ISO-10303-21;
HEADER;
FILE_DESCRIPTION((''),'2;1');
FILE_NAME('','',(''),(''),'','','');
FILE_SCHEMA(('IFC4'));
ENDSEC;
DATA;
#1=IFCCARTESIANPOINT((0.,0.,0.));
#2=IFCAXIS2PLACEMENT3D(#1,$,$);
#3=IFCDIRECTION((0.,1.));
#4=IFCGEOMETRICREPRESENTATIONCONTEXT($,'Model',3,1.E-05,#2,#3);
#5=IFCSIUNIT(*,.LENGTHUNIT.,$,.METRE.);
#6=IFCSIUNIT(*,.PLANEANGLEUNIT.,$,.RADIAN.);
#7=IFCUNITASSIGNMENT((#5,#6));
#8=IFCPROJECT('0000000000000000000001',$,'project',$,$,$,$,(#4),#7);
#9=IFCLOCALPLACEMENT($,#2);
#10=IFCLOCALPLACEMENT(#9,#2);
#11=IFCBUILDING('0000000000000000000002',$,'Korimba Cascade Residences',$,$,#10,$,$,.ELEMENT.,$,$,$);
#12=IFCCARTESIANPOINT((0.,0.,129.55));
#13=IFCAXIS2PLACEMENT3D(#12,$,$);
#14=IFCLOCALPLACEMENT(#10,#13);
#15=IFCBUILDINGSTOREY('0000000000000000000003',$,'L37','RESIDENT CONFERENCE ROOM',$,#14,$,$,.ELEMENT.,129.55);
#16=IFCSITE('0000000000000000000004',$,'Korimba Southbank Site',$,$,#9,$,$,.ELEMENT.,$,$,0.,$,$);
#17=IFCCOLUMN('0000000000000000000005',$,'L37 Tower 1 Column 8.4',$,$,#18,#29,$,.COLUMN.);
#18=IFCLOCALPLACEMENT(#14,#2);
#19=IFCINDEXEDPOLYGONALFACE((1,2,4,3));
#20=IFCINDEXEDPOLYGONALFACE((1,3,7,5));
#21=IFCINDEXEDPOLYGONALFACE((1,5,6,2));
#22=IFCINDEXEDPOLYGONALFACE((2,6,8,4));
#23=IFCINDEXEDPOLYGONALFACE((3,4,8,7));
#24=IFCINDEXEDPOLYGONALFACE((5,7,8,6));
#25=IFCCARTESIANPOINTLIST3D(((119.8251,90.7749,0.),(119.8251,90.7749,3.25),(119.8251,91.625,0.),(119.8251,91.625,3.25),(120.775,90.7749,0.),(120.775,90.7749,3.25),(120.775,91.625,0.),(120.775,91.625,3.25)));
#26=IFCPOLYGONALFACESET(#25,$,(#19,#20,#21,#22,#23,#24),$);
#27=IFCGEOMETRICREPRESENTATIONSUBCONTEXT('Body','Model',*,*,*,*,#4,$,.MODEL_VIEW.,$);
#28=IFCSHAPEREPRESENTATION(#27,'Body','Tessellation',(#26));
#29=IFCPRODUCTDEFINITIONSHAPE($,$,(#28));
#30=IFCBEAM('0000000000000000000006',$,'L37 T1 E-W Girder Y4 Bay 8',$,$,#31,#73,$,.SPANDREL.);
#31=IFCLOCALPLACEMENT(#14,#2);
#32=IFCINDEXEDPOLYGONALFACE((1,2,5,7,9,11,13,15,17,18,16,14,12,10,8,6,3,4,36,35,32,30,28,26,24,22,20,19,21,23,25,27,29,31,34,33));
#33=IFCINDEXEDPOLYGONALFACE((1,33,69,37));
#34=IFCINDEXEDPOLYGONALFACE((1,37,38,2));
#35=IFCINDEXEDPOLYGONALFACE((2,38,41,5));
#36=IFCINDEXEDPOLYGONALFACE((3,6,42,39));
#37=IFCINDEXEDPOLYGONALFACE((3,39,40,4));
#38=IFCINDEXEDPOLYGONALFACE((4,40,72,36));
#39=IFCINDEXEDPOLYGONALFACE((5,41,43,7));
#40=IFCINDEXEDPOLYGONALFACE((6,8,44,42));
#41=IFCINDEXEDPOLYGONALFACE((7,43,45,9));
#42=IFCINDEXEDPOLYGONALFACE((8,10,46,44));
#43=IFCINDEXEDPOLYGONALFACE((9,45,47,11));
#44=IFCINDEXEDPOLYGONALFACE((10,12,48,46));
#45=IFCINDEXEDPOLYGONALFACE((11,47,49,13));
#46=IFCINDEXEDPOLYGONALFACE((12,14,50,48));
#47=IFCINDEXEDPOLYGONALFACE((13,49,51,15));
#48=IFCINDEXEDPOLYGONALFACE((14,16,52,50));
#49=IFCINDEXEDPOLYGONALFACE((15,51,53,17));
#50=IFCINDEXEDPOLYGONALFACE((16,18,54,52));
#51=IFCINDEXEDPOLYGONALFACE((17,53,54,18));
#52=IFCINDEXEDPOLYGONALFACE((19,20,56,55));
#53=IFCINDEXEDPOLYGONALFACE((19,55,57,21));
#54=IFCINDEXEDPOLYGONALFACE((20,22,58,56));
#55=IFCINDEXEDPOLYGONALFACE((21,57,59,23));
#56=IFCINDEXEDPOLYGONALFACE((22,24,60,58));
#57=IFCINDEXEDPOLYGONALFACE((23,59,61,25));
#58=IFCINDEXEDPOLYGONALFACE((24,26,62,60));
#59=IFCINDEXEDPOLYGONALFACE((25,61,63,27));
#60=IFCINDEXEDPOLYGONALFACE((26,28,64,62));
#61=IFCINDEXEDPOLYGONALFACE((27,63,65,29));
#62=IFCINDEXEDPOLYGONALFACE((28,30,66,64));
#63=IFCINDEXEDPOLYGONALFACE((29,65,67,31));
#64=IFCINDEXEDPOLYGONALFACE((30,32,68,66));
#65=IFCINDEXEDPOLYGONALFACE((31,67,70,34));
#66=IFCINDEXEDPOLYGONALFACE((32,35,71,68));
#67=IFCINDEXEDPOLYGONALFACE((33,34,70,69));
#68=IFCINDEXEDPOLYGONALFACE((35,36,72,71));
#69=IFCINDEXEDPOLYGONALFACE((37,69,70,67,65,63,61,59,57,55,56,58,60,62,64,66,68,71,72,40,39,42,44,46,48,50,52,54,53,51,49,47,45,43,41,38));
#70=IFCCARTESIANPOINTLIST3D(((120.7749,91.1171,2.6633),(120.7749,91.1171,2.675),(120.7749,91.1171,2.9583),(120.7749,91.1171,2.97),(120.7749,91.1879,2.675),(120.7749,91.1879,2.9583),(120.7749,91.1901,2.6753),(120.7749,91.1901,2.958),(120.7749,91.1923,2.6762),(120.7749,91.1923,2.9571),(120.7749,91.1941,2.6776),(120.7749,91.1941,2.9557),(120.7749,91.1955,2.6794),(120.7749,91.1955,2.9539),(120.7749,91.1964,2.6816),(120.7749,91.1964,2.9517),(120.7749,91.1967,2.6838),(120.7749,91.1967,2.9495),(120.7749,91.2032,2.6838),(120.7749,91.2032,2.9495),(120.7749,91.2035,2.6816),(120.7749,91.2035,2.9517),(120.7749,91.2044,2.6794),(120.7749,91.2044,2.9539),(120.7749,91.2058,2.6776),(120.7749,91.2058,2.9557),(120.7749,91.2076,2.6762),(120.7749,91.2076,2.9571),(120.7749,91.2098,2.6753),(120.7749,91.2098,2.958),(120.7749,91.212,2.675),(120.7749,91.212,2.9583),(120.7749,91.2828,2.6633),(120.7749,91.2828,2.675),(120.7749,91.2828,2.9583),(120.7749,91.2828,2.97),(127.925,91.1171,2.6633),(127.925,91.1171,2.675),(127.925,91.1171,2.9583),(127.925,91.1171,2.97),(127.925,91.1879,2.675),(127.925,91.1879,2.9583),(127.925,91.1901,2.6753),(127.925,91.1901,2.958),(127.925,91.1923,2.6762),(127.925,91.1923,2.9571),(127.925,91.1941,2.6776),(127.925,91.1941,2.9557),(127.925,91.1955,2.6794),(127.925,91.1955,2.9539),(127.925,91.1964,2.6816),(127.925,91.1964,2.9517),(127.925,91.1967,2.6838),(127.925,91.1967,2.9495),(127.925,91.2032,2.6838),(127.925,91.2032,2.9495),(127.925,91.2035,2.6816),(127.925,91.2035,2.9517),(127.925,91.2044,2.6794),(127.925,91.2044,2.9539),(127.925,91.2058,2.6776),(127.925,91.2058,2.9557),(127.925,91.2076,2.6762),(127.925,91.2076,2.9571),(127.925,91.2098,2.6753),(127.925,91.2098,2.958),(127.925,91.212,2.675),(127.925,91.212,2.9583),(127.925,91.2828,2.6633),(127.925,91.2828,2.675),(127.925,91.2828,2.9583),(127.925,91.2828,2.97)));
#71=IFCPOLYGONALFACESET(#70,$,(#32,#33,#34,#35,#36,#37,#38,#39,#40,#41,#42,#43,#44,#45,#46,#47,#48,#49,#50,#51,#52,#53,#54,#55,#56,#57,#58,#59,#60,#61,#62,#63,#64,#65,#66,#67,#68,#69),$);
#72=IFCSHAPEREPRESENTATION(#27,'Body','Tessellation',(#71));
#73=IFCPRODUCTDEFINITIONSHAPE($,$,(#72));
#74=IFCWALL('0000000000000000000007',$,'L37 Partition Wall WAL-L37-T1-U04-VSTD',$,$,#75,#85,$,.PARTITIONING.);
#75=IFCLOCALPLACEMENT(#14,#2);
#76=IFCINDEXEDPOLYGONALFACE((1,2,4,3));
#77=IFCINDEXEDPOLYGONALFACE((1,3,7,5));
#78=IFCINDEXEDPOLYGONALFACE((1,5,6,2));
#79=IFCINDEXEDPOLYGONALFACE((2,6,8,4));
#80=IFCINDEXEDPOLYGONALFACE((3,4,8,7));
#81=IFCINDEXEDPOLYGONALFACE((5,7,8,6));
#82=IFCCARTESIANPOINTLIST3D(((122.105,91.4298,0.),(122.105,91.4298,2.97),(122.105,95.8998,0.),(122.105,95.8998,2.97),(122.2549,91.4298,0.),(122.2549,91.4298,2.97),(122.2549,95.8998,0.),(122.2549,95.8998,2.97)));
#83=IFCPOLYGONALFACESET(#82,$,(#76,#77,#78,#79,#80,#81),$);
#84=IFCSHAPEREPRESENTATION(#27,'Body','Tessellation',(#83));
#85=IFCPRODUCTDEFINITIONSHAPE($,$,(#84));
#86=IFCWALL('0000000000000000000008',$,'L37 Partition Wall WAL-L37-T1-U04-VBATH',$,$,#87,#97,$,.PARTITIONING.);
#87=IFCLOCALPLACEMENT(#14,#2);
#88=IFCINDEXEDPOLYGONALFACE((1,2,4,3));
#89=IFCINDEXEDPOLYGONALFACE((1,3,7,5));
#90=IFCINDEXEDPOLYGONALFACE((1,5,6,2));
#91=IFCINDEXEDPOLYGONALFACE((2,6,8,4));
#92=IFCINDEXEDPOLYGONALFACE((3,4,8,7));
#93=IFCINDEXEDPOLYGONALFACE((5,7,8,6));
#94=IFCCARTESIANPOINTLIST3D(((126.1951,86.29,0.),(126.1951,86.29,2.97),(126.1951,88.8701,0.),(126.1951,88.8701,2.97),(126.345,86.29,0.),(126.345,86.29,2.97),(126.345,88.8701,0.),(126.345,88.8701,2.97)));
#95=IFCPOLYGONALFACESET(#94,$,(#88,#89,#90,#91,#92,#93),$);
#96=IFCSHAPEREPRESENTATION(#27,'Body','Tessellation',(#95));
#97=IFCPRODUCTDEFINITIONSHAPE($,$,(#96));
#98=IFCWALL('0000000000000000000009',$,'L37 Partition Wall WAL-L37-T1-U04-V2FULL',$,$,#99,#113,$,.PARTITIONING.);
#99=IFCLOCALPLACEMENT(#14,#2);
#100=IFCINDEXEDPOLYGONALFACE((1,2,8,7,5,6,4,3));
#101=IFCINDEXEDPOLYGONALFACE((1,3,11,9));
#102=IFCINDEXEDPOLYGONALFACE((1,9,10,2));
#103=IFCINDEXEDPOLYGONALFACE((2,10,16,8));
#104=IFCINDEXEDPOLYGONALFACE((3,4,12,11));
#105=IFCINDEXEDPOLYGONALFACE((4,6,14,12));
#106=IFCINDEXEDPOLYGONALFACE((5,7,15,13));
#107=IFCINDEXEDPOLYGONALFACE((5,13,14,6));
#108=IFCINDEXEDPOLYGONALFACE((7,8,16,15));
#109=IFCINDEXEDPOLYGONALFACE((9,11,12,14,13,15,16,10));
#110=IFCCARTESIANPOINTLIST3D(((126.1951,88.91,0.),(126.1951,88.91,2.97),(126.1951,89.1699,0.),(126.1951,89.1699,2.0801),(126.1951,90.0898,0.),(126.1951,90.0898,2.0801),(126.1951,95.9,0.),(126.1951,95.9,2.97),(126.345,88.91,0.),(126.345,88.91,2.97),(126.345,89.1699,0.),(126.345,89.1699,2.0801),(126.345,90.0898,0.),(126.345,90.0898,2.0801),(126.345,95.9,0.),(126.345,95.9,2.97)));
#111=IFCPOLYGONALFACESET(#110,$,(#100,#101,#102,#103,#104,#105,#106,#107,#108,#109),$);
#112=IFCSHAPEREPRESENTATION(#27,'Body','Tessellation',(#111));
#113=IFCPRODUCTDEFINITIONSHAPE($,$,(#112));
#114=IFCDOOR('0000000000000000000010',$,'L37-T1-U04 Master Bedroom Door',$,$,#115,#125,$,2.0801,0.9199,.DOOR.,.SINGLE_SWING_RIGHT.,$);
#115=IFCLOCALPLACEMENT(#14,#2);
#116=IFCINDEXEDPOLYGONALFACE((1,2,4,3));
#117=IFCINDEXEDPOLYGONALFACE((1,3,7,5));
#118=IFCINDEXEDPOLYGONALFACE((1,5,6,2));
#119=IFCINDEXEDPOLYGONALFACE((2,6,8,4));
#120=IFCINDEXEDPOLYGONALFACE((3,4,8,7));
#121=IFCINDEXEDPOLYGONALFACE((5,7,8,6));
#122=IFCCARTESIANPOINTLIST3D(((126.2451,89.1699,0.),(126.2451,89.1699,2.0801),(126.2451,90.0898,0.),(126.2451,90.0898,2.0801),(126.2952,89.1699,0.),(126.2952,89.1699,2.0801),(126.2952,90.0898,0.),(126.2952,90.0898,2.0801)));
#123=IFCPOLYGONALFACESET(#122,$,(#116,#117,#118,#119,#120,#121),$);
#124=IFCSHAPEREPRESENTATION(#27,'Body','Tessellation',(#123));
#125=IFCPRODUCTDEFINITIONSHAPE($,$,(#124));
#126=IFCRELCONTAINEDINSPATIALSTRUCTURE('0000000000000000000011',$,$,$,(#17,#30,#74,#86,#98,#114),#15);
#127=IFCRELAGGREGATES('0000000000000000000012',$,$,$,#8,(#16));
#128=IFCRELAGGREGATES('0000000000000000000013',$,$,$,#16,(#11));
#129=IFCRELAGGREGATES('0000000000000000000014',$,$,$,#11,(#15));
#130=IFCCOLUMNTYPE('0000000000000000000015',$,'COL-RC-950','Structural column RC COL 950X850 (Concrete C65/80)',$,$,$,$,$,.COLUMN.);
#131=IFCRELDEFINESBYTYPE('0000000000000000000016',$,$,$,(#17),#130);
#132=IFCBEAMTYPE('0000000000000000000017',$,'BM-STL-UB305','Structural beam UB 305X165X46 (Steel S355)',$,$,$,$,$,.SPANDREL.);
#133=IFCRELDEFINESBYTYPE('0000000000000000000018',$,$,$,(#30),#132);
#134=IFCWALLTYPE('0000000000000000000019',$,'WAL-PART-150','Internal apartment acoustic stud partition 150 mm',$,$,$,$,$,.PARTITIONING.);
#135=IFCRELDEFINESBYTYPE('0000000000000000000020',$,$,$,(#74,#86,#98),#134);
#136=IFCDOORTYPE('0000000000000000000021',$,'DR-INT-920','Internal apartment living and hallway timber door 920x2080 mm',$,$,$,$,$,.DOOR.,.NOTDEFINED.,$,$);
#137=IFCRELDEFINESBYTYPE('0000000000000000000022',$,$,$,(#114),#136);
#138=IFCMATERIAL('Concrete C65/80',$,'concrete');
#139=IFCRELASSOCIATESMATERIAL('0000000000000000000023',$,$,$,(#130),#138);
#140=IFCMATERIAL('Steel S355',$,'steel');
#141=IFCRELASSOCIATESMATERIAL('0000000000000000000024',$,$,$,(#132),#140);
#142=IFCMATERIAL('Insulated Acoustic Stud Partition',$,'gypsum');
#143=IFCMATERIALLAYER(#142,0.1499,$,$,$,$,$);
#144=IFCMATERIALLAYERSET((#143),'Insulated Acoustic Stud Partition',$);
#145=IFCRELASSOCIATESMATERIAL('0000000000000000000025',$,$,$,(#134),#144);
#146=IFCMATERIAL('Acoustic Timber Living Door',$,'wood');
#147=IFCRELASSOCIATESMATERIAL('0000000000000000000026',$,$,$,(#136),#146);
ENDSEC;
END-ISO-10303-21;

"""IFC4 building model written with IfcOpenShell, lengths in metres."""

from ifc_helpers import new_model, si_unit, direction, frame, frame_2d, origin, origin_2d, place, context, subcontext, project, spatial, rectangle, i_section, extrude, material, layer, layer_set, material_profile, profile_set, type_object, element, fill, save


model = new_model("IFC4")

# Units and contexts
model_context = context("Model", 3, precision=1e-05, world=origin(), true_north=direction((0.0, 1.0)))
body_context = subcontext(model_context, "Body", "Model", "MODEL_VIEW")
ifc_project = project(units=[si_unit("LENGTHUNIT", "METRE"), si_unit("PLANEANGLEUNIT", "RADIAN")], contexts=[model_context])

# Site, building, storey
site_placement = place(None, origin())
site = spatial("IfcSite", under=ifc_project, at=site_placement, Name="Korimba Southbank Site", CompositionType="ELEMENT", RefElevation=0.0)
building_placement = place(site_placement, origin())
building = spatial("IfcBuilding", under=site, at=building_placement, Name="Korimba Cascade Residences", CompositionType="ELEMENT")
storey_placement = place(building_placement, frame((0.0, 0.0, 129.55)))
storey = spatial("IfcBuildingStorey", under=building, at=storey_placement, Name="L37", Description="RESIDENT CONFERENCE ROOM", CompositionType="ELEMENT", Elevation=129.55)

# Column
ifc_material_1 = material(Name="Concrete C65/80", Category="concrete")
ifc_material_profile_1 = material_profile(ifc_material_1, rectangle(XDim=0.95, YDim=0.8501, at=origin_2d()), Name="Concrete C65/80")
ifc_profile_set_1 = profile_set([ifc_material_profile_1], Name="Concrete C65/80")
column_type = type_object("IfcColumnType", Name="COL-RC-950", Description="Structural column RC COL 950X850 (Concrete C65/80)", PredefinedType="COLUMN", material=ifc_profile_set_1)
column_placement = place(storey_placement, frame((120.3, 91.2, 0.0), z_axis=(0.0, 0.0, 1.0), x_axis=(1.0, 0.0, 0.0)))
element("IfcColumn", 1, at=column_placement, inside=storey, type_object=column_type, Name="L37 Tower 1 Column 8.4", PredefinedType="COLUMN", context=body_context, shape_type="SweptSolid", body=[
    extrude(rectangle(XDim=0.95, YDim=0.8501, at=origin_2d()), origin(), (0.0, 0.0, 1.0), 3.25),
])

# Beam
ifc_material_2 = material(Name="Steel S355", Category="steel")
ifc_material_profile_2 = material_profile(ifc_material_2, i_section(OverallWidth=0.1658, OverallDepth=0.3066, WebThickness=0.0066, FlangeThickness=0.0117, FilletRadius=0.0088, at=origin_2d()), Name="Steel S355")
ifc_profile_set_2 = profile_set([ifc_material_profile_2], Name="Steel S355")
beam_type = type_object("IfcBeamType", Name="BM-STL-UB305", Description="Structural beam UB 305X165X46 (Steel S355)", PredefinedType="SPANDREL", material=ifc_profile_set_2)
beam_placement = place(storey_placement, frame((120.7749, 91.2, 2.8167), z_axis=(1.0, 0.0, 0.0), x_axis=(0.0, 1.0, 0.0)))
element("IfcBeam", 2, at=beam_placement, inside=storey, type_object=beam_type, Name="L37 T1 E-W Girder Y4 Bay 8", PredefinedType="SPANDREL", context=body_context, shape_type="SweptSolid", body=[
    extrude(i_section(OverallWidth=0.1658, OverallDepth=0.3066, WebThickness=0.0066, FlangeThickness=0.0117, FilletRadius=0.0088, at=origin_2d()), origin(), (0.0, 0.0, 1.0), 7.1501),
])

# Walls
ifc_material_3 = material(Name="Insulated Acoustic Stud Partition", Category="gypsum")
ifc_layer = layer(ifc_material_3, 0.1499)
ifc_layer_set = layer_set([ifc_layer], Name="Insulated Acoustic Stud Partition")
wall_type = type_object("IfcWallType", Name="WAL-PART-150", Description="Internal apartment acoustic stud partition 150 mm", PredefinedType="PARTITIONING", material=ifc_layer_set)
wall_1_placement = place(storey_placement, frame((122.1799, 91.4299, 0.0), z_axis=(0.0, 0.0, 1.0), x_axis=(0.0, 1.0, 0.0)))
element("IfcWall", 3, at=wall_1_placement, inside=storey, type_object=wall_type, Name="L37 Partition Wall WAL-L37-T1-U04-VSTD", PredefinedType="PARTITIONING", context=body_context, shape_type="SweptSolid", body=[
    extrude(rectangle(XDim=4.47, YDim=0.1499, at=frame_2d((2.2349, 0.0))), origin(), (0.0, 0.0, 1.0), 2.97),
])
wall_2_placement = place(storey_placement, frame((126.27, 86.29, 0.0), z_axis=(0.0, 0.0, 1.0), x_axis=(0.0, 1.0, 0.0)))
element("IfcWall", 4, at=wall_2_placement, inside=storey, type_object=wall_type, Name="L37 Partition Wall WAL-L37-T1-U04-VBATH", PredefinedType="PARTITIONING", context=body_context, shape_type="SweptSolid", body=[
    extrude(rectangle(XDim=2.5801, YDim=0.1499, at=frame_2d((1.29, 0.0))), origin(), (0.0, 0.0, 1.0), 2.97),
])

# Wall, opening, door
wall_3_placement = place(storey_placement, frame((126.27, 88.9099, 0.0), z_axis=(0.0, 0.0, 1.0), x_axis=(0.0, 1.0, 0.0)))
wall_3 = element("IfcWall", 5, at=wall_3_placement, inside=storey, type_object=wall_type, Name="L37 Partition Wall WAL-L37-T1-U04-V2FULL", PredefinedType="PARTITIONING", context=body_context, shape_type="SweptSolid", body=[
    extrude(rectangle(XDim=6.99, YDim=0.1499, at=frame_2d((3.4951, 0.0))), origin(), (0.0, 0.0, 1.0), 2.97),
])
opening_1_placement = place(wall_3_placement, frame((0.26, 0.0, 0.0)))
opening_1 = element("IfcOpeningElement", 6, at=opening_1_placement, cuts=wall_3, PredefinedType="OPENING", context=body_context, shape_type="SweptSolid", body=[
    extrude(rectangle(XDim=0.9199, YDim=2.0801, at=frame_2d((0.46, 1.04))), frame((0.0, 0.085, 0.0), z_axis=(0.0, -1.0, 0.0), x_axis=(1.0, 0.0, 0.0)), (0.0, 0.0, 1.0), 0.1699),
])
ifc_material_4 = material(Name="Acoustic Timber Living Door", Category="wood")
door_type_1 = type_object("IfcDoorType", Name="DR-INT-920", Description="Internal apartment living and hallway timber door 920x2080 mm", OperationType="NOTDEFINED", PredefinedType="DOOR", material=ifc_material_4)
door_1_placement = place(opening_1_placement, origin())
door_1 = element("IfcDoor", 7, at=door_1_placement, inside=storey, type_object=door_type_1, Name="L37-T1-U04 Master Bedroom Door", OperationType="SINGLE_SWING_RIGHT", OverallHeight=2.0801, OverallWidth=0.9199, PredefinedType="DOOR", context=body_context, shape_type="SweptSolid", body=[
    extrude(rectangle(XDim=0.9199, YDim=2.0801, at=frame_2d((0.46, 1.04))), frame((0.0, 0.0249, 0.0), z_axis=(0.0, -1.0, 0.0), x_axis=(1.0, 0.0, 0.0)), (0.0, 0.0, 1.0), 0.05),
])
fill(opening_1, door_1)

save(model, "model.ifc")
